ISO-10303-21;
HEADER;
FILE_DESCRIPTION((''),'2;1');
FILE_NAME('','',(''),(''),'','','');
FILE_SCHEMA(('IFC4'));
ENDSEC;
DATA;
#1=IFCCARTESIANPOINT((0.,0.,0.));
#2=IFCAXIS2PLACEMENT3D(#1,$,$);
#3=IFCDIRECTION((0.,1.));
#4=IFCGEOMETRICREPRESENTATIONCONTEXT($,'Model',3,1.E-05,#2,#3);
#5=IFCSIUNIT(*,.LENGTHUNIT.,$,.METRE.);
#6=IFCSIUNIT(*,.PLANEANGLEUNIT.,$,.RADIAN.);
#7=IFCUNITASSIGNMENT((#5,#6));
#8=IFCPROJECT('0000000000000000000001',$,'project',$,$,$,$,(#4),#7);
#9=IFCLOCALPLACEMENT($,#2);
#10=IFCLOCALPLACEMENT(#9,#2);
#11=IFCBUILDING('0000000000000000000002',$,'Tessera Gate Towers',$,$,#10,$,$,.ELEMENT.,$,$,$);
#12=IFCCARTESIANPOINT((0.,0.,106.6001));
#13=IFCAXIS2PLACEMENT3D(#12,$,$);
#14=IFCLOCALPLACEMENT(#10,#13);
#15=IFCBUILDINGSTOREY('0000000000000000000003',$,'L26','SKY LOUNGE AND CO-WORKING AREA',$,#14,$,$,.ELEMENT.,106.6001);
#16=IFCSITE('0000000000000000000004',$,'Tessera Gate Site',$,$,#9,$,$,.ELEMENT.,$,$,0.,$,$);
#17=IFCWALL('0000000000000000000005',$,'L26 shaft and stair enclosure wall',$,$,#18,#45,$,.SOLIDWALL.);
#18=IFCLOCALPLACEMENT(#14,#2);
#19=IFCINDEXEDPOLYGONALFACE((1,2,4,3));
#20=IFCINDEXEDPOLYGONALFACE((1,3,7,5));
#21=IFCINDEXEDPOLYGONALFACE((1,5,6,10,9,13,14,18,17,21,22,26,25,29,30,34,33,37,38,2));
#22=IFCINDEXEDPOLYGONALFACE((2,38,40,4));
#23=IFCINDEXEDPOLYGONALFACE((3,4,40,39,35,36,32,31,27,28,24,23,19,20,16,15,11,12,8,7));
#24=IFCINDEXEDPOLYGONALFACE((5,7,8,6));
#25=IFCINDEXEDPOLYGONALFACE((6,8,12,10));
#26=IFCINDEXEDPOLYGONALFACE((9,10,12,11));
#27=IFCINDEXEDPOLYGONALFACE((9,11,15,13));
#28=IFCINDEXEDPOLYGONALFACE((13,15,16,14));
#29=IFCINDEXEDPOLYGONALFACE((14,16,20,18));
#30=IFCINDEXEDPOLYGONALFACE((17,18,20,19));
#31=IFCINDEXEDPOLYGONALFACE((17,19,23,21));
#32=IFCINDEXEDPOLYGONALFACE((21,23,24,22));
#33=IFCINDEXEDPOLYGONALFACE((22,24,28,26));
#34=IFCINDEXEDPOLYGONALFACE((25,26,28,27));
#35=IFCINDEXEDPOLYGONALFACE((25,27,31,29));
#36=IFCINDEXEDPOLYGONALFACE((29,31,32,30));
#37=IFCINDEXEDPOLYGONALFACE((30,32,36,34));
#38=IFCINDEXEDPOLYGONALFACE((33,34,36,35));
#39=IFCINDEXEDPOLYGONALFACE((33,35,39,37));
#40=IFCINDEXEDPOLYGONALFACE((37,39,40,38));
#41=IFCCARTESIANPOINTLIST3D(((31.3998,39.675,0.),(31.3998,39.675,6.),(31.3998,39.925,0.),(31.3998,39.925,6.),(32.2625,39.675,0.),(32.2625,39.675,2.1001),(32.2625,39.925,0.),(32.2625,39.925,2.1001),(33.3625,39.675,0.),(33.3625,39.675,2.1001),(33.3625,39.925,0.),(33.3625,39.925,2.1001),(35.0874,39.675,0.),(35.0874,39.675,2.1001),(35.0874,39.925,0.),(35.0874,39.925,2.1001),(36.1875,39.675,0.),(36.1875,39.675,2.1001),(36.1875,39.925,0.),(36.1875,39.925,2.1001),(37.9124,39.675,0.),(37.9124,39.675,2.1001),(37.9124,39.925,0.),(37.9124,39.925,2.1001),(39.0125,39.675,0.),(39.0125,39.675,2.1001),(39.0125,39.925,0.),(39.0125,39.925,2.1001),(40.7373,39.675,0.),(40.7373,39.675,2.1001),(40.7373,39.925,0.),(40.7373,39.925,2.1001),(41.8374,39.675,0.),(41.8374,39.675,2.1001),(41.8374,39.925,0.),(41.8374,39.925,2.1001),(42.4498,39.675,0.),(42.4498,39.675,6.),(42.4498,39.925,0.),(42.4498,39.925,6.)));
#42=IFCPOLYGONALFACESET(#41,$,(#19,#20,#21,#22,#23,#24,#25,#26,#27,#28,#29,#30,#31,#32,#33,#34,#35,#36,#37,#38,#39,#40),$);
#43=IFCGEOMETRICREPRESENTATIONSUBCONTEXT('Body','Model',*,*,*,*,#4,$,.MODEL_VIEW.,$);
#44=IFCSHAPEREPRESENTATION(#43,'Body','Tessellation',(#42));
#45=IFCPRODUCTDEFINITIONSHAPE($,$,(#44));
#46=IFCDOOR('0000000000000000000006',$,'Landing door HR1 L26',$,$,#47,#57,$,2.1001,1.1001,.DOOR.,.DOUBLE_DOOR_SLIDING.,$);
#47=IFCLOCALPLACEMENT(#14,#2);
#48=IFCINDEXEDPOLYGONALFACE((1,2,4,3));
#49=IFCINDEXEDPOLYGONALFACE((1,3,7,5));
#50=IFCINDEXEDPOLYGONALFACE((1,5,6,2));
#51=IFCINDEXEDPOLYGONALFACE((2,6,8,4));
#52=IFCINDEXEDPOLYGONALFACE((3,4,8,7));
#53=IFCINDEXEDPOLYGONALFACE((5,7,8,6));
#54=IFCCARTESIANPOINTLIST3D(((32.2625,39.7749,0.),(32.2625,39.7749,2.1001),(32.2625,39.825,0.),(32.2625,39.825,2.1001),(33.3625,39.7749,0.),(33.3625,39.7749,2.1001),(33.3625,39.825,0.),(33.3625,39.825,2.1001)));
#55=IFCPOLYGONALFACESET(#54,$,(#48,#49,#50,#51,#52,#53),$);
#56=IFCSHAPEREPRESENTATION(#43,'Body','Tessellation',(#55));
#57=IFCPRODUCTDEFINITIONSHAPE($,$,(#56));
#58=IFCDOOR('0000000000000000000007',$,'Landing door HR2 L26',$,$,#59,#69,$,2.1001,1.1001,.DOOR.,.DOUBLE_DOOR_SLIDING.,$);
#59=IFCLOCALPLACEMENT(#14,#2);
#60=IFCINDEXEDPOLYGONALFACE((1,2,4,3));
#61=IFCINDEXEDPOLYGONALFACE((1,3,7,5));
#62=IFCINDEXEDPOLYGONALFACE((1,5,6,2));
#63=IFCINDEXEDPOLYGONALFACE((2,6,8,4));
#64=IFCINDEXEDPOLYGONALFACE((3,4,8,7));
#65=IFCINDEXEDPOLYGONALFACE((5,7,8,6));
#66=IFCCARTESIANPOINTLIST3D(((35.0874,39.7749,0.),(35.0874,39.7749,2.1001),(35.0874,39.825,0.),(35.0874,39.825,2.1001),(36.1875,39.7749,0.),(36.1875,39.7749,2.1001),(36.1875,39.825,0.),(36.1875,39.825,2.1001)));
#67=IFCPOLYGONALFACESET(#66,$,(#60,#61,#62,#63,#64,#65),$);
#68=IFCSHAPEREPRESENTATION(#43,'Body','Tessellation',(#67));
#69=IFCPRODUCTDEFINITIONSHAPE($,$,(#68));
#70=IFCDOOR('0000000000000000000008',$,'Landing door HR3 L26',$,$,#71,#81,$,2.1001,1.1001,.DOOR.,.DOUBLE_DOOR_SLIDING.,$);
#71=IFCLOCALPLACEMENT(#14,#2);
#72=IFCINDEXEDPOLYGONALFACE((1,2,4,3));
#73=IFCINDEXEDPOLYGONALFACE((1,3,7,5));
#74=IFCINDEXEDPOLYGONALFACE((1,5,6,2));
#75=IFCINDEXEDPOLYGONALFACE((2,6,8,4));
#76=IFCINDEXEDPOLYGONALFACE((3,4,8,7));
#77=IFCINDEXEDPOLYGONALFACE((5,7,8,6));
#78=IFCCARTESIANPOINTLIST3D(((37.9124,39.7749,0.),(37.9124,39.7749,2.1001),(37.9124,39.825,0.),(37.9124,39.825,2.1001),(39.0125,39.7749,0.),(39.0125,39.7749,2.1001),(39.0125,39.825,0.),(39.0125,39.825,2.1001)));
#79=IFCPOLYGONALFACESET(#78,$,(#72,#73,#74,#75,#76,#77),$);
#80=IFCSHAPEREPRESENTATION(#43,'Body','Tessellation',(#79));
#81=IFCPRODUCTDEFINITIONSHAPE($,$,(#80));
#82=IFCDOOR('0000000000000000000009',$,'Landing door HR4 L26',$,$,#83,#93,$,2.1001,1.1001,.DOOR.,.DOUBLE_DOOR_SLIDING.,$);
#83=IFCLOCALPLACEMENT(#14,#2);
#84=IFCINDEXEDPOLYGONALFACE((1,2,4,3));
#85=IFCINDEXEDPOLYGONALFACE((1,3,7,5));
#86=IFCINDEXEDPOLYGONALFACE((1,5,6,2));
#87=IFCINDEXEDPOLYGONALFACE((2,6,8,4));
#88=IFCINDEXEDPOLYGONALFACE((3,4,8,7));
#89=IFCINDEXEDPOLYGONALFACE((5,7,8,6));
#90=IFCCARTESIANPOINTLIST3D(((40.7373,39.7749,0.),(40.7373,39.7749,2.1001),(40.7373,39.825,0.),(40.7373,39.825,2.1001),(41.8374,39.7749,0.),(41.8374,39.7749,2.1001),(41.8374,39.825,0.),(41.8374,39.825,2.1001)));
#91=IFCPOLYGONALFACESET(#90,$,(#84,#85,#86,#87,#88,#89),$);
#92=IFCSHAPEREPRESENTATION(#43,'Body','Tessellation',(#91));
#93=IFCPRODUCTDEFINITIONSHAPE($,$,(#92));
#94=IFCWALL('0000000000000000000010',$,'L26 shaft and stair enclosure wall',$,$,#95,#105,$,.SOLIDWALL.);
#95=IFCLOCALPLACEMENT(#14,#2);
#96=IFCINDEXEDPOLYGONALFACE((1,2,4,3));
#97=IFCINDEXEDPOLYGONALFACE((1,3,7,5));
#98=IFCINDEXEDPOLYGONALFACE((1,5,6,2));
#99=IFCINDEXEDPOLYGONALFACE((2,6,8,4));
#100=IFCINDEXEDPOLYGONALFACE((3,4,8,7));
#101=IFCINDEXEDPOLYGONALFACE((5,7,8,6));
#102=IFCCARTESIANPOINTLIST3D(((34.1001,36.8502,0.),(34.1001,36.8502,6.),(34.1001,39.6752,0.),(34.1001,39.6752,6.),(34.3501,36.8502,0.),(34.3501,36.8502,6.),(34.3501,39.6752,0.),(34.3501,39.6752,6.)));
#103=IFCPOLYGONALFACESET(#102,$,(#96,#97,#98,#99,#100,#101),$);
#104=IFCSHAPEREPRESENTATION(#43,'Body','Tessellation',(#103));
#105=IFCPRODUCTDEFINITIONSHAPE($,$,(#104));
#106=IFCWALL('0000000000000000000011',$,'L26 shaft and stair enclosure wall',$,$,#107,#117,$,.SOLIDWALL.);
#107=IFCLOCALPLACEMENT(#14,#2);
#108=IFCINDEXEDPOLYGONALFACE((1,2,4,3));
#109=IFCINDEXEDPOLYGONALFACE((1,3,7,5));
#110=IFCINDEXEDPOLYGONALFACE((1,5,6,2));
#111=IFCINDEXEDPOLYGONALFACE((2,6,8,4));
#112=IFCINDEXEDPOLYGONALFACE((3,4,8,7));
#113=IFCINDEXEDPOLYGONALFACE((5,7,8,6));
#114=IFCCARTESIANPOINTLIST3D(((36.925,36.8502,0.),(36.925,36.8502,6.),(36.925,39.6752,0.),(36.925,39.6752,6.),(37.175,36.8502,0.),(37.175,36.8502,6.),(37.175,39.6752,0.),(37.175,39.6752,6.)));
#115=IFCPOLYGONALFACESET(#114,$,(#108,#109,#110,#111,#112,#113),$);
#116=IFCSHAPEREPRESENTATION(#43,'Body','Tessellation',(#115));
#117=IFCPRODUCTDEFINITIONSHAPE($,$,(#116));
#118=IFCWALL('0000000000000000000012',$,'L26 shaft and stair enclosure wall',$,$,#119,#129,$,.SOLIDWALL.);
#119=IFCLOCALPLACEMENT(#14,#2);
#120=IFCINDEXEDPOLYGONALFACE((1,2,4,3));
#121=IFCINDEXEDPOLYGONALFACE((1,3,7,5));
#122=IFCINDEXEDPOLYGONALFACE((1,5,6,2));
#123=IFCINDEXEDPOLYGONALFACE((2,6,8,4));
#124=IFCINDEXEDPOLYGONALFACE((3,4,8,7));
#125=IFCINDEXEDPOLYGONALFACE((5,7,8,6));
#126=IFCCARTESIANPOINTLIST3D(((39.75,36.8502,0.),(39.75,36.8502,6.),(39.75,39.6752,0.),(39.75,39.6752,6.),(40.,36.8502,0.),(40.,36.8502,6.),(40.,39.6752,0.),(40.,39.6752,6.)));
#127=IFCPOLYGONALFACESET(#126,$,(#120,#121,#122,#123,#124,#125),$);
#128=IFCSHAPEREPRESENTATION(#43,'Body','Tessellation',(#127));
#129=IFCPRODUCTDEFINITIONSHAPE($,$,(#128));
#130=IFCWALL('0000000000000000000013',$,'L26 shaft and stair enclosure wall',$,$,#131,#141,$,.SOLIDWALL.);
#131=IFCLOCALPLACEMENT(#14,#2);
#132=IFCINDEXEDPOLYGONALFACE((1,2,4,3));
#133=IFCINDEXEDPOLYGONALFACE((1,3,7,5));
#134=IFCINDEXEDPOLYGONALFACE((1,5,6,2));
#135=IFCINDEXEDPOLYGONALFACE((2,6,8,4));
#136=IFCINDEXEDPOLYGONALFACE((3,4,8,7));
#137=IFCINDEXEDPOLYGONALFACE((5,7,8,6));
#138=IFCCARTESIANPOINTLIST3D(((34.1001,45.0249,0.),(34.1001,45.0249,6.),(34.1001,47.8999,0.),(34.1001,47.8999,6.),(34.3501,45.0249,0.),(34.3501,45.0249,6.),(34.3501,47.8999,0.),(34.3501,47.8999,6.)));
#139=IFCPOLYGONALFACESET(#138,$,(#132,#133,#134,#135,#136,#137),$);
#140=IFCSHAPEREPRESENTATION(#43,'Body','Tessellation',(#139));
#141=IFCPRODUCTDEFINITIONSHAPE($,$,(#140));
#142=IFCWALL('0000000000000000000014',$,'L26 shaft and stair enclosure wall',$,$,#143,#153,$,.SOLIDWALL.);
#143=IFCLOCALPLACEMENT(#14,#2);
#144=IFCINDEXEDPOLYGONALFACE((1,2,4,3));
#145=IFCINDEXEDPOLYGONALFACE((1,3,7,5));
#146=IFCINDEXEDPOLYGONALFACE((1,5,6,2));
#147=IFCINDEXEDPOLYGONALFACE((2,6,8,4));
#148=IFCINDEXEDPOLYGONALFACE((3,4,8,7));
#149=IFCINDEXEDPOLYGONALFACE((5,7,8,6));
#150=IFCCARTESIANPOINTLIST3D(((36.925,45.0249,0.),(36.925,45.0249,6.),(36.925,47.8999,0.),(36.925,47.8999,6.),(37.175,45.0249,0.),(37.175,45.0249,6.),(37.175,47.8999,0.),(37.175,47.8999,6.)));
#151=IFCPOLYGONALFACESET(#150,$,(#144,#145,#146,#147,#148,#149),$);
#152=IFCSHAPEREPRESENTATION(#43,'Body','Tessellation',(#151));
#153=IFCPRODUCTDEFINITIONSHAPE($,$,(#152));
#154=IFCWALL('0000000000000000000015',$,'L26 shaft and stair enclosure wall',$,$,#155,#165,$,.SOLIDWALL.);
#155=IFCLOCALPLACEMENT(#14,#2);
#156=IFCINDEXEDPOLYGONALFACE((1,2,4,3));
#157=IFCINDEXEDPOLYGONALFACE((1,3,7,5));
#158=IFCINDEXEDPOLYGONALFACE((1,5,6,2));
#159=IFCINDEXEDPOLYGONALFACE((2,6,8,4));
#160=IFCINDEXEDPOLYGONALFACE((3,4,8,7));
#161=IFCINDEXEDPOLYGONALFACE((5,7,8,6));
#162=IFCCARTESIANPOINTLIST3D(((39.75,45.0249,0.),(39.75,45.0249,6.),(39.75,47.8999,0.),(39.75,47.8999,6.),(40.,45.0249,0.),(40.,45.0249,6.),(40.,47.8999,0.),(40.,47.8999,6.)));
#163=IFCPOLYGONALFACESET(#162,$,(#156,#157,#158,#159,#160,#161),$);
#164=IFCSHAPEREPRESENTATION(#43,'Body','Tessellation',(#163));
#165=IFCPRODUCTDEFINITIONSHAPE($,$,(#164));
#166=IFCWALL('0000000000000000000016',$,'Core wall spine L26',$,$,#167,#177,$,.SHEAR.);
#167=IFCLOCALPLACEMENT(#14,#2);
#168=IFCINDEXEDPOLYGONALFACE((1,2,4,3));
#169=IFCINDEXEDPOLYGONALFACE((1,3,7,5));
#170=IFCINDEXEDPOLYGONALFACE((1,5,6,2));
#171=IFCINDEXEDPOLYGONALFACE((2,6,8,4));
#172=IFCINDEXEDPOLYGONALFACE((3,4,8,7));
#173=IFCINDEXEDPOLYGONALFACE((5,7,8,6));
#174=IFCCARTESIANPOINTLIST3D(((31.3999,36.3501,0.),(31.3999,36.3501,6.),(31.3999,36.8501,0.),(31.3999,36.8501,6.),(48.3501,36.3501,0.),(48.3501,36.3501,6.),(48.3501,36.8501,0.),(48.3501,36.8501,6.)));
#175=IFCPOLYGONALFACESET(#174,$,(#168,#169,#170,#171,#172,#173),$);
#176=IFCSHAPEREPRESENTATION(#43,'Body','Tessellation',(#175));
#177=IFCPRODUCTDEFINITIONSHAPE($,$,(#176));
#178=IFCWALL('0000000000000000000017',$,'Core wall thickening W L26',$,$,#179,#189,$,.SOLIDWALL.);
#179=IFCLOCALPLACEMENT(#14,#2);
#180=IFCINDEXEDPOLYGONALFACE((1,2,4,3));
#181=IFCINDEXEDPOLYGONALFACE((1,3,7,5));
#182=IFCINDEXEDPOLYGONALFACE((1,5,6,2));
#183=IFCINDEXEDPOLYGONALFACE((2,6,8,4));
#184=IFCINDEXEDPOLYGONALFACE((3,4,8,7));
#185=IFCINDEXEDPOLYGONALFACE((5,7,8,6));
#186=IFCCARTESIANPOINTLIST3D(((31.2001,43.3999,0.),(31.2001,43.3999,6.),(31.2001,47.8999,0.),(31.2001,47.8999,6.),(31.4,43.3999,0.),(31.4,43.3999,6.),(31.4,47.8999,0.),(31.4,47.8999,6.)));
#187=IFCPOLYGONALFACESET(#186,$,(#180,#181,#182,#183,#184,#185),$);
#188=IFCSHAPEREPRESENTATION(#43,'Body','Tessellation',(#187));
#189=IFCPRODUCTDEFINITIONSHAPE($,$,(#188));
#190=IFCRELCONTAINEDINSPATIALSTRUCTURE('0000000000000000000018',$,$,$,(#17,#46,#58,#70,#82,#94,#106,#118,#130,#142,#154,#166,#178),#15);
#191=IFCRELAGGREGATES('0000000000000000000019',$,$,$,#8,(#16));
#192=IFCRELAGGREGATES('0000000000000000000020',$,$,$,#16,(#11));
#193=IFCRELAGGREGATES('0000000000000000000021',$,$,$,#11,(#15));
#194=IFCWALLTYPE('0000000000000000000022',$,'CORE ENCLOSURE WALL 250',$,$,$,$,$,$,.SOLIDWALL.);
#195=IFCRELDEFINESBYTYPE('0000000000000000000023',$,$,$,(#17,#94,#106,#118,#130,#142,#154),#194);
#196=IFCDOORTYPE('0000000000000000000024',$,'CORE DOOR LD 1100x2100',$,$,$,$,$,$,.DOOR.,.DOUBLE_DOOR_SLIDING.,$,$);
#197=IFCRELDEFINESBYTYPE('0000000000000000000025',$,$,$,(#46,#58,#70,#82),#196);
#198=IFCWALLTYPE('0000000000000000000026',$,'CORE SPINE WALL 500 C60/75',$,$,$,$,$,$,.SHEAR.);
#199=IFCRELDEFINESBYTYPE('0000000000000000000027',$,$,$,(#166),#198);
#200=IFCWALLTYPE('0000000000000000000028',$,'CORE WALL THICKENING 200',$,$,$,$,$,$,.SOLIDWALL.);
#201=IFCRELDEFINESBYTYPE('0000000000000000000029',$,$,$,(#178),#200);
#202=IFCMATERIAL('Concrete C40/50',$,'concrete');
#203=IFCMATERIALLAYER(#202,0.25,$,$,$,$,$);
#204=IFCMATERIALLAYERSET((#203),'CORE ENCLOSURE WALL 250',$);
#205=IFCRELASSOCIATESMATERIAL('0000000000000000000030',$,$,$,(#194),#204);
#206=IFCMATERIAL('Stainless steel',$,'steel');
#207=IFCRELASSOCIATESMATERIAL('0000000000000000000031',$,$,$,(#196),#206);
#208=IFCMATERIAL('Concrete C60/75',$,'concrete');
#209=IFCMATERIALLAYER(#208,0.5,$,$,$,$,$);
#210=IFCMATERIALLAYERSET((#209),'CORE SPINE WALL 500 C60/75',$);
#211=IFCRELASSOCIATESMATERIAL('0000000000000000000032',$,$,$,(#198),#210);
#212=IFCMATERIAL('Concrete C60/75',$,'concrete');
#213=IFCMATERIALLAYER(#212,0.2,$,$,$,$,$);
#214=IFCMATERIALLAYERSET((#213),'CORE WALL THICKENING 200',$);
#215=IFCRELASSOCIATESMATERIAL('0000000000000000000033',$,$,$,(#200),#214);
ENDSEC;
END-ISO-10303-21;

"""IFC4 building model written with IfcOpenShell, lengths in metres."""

from ifc_helpers import new_model, si_unit, direction, frame, frame_2d, origin, place, context, subcontext, project, spatial, rectangle, extrude, source, transform, mapped, material, layer, layer_set, type_object, element, fill, save


model = new_model("IFC4")

# Units and contexts
model_context = context("Model", 3, precision=1e-05, world=origin(), true_north=direction((0.0, 1.0)))
body_context = subcontext(model_context, "Body", "Model", "MODEL_VIEW")
ifc_project = project(units=[si_unit("LENGTHUNIT", "METRE"), si_unit("PLANEANGLEUNIT", "RADIAN")], contexts=[model_context])

# Site, building, storey
site_placement = place(None, origin())
site = spatial("IfcSite", under=ifc_project, at=site_placement, Name="Tessera Gate Site", CompositionType="ELEMENT", RefElevation=0.0)
building_placement = place(site_placement, origin())
building = spatial("IfcBuilding", under=site, at=building_placement, Name="Tessera Gate Towers", CompositionType="ELEMENT")
storey_placement = place(building_placement, frame((0.0, 0.0, 106.6001)))
storey = spatial("IfcBuildingStorey", under=building, at=storey_placement, Name="L26", Description="SKY LOUNGE AND CO-WORKING AREA", CompositionType="ELEMENT", Elevation=106.6001)

# Wall, openings, doors
ifc_material_1 = material(Name="Concrete C40/50", Category="concrete")
ifc_layer_1 = layer(ifc_material_1, 0.25)
ifc_layer_set_1 = layer_set([ifc_layer_1], Name="CORE ENCLOSURE WALL 250")
wall_type_1 = type_object("IfcWallType", Name="CORE ENCLOSURE WALL 250", PredefinedType="SOLIDWALL", material=ifc_layer_set_1)
wall_1_placement = place(storey_placement, frame((31.3999, 39.8, 0.0), z_axis=(0.0, 0.0, 1.0), x_axis=(1.0, 0.0, 0.0)))
wall_1 = element("IfcWall", 1, at=wall_1_placement, inside=storey, type_object=wall_type_1, Name="L26 shaft and stair enclosure wall", PredefinedType="SOLIDWALL", context=body_context, shape_type="SweptSolid", body=[
    extrude(rectangle(XDim=11.05, YDim=0.25, at=frame_2d((5.5249, 0.0))), origin(), (0.0, 0.0, 1.0), 6.0),
])
shared_shape_1 = source(origin(), body_context, "Body", "SweptSolid", [
    extrude(rectangle(XDim=1.1001, YDim=2.1001, at=frame_2d((0.55, 1.05))), frame((0.0, 0.135, 0.0), z_axis=(0.0, -1.0, 0.0), x_axis=(1.0, 0.0, 0.0)), (0.0, 0.0, 1.0), 0.27),
])
opening_1_placement = place(wall_1_placement, frame((0.8625, 0.0, 0.0)))
opening_1 = element("IfcOpeningElement", 2, at=opening_1_placement, cuts=wall_1, PredefinedType="OPENING", context=body_context, shape_type="MappedRepresentation", body=[
    mapped(shared_shape_1, transform((0.0, 0.0, 0.0), scale=1.0)),
])
opening_2_placement = place(wall_1_placement, frame((3.6875, 0.0, 0.0)))
opening_2 = element("IfcOpeningElement", 3, at=opening_2_placement, cuts=wall_1, PredefinedType="OPENING", context=body_context, shape_type="MappedRepresentation", body=[
    mapped(shared_shape_1, transform((0.0, 0.0, 0.0), scale=1.0)),
])
opening_3_placement = place(wall_1_placement, frame((6.5125, 0.0, 0.0)))
opening_3 = element("IfcOpeningElement", 4, at=opening_3_placement, cuts=wall_1, PredefinedType="OPENING", context=body_context, shape_type="MappedRepresentation", body=[
    mapped(shared_shape_1, transform((0.0, 0.0, 0.0), scale=1.0)),
])
opening_4_placement = place(wall_1_placement, frame((9.3374, 0.0, 0.0)))
opening_4 = element("IfcOpeningElement", 5, at=opening_4_placement, cuts=wall_1, PredefinedType="OPENING", context=body_context, shape_type="MappedRepresentation", body=[
    mapped(shared_shape_1, transform((0.0, 0.0, 0.0), scale=1.0)),
])
ifc_material_2 = material(Name="Stainless steel", Category="steel")
door_type = type_object("IfcDoorType", Name="CORE DOOR LD 1100x2100", OperationType="DOUBLE_DOOR_SLIDING", PredefinedType="DOOR", material=ifc_material_2)
shared_shape_2 = source(origin(), body_context, "Body", "SweptSolid", [
    extrude(rectangle(XDim=1.1001, YDim=2.1001, at=frame_2d((0.55, 1.05))), frame((0.0, 0.0249, 0.0), z_axis=(0.0, -1.0, 0.0), x_axis=(1.0, 0.0, 0.0)), (0.0, 0.0, 1.0), 0.05),
])
door_1_placement = place(opening_1_placement, origin())
door_1 = element("IfcDoor", 6, at=door_1_placement, inside=storey, type_object=door_type, Name="Landing door HR1 L26", OperationType="DOUBLE_DOOR_SLIDING", OverallHeight=2.1001, OverallWidth=1.1001, PredefinedType="DOOR", context=body_context, shape_type="MappedRepresentation", body=[
    mapped(shared_shape_2, transform((0.0, 0.0, 0.0), scale=1.0)),
])
fill(opening_1, door_1)
door_2_placement = place(opening_2_placement, origin())
door_2 = element("IfcDoor", 7, at=door_2_placement, inside=storey, type_object=door_type, Name="Landing door HR2 L26", OperationType="DOUBLE_DOOR_SLIDING", OverallHeight=2.1001, OverallWidth=1.1001, PredefinedType="DOOR", context=body_context, shape_type="MappedRepresentation", body=[
    mapped(shared_shape_2, transform((0.0, 0.0, 0.0), scale=1.0)),
])
fill(opening_2, door_2)
door_3_placement = place(opening_3_placement, origin())
door_3 = element("IfcDoor", 8, at=door_3_placement, inside=storey, type_object=door_type, Name="Landing door HR3 L26", OperationType="DOUBLE_DOOR_SLIDING", OverallHeight=2.1001, OverallWidth=1.1001, PredefinedType="DOOR", context=body_context, shape_type="MappedRepresentation", body=[
    mapped(shared_shape_2, transform((0.0, 0.0, 0.0), scale=1.0)),
])
fill(opening_3, door_3)
door_4_placement = place(opening_4_placement, origin())
door_4 = element("IfcDoor", 9, at=door_4_placement, inside=storey, type_object=door_type, Name="Landing door HR4 L26", OperationType="DOUBLE_DOOR_SLIDING", OverallHeight=2.1001, OverallWidth=1.1001, PredefinedType="DOOR", context=body_context, shape_type="MappedRepresentation", body=[
    mapped(shared_shape_2, transform((0.0, 0.0, 0.0), scale=1.0)),
])
fill(opening_4, door_4)

# Walls
for number, where, z_axis, x_axis, name in (
    (10, (34.2251, 36.8501, 0.0), (0.0, 0.0, 1.0), (0.0, 1.0, 0.0), "L26 shaft and stair enclosure wall"),
    (11, (37.05, 36.8501, 0.0), (0.0, 0.0, 1.0), (0.0, 1.0, 0.0), "L26 shaft and stair enclosure wall"),
    (12, (39.875, 36.8501, 0.0), (0.0, 0.0, 1.0), (0.0, 1.0, 0.0), "L26 shaft and stair enclosure wall"),
):
    element("IfcWall", number, at=place(storey_placement, frame(where, z_axis=z_axis, x_axis=x_axis)), inside=storey, type_object=wall_type_1, Name=name, PredefinedType="SOLIDWALL", context=body_context, shape_type="SweptSolid", body=[
        extrude(rectangle(XDim=2.825, YDim=0.25, at=frame_2d((1.4126, 0.0))), origin(), (0.0, 0.0, 1.0), 6.0),
    ])
for number, where, z_axis, x_axis, name in (
    (13, (34.2251, 45.0249, 0.0), (0.0, 0.0, 1.0), (0.0, 1.0, 0.0), "L26 shaft and stair enclosure wall"),
    (14, (37.05, 45.0249, 0.0), (0.0, 0.0, 1.0), (0.0, 1.0, 0.0), "L26 shaft and stair enclosure wall"),
    (15, (39.875, 45.0249, 0.0), (0.0, 0.0, 1.0), (0.0, 1.0, 0.0), "L26 shaft and stair enclosure wall"),
):
    element("IfcWall", number, at=place(storey_placement, frame(where, z_axis=z_axis, x_axis=x_axis)), inside=storey, type_object=wall_type_1, Name=name, PredefinedType="SOLIDWALL", context=body_context, shape_type="SweptSolid", body=[
        extrude(rectangle(XDim=2.875, YDim=0.25, at=frame_2d((1.4375, 0.0))), origin(), (0.0, 0.0, 1.0), 6.0),
    ])
ifc_material_3 = material(Name="Concrete C60/75", Category="concrete")
ifc_layer_2 = layer(ifc_material_3, 0.5)
ifc_layer_set_2 = layer_set([ifc_layer_2], Name="CORE SPINE WALL 500 C60/75")
wall_type_2 = type_object("IfcWallType", Name="CORE SPINE WALL 500 C60/75", PredefinedType="SHEAR", material=ifc_layer_set_2)
wall_2_placement = place(storey_placement, frame((31.3999, 36.6001, 0.0), z_axis=(0.0, 0.0, 1.0), x_axis=(1.0, 0.0, 0.0)))
element("IfcWall", 16, at=wall_2_placement, inside=storey, type_object=wall_type_2, Name="Core wall spine L26", PredefinedType="SHEAR", context=body_context, shape_type="SweptSolid", body=[
    extrude(rectangle(XDim=16.9502, YDim=0.5, at=frame_2d((8.4751, 0.0))), origin(), (0.0, 0.0, 1.0), 6.0),
])
ifc_material_4 = material(Name="Concrete C60/75", Category="concrete")
ifc_layer_3 = layer(ifc_material_4, 0.2)
ifc_layer_set_3 = layer_set([ifc_layer_3], Name="CORE WALL THICKENING 200")
wall_type_3 = type_object("IfcWallType", Name="CORE WALL THICKENING 200", PredefinedType="SOLIDWALL", material=ifc_layer_set_3)
wall_3_placement = place(storey_placement, frame((31.3, 43.3999, 0.0), z_axis=(0.0, 0.0, 1.0), x_axis=(0.0, 1.0, 0.0)))
element("IfcWall", 17, at=wall_3_placement, inside=storey, type_object=wall_type_3, Name="Core wall thickening W L26", PredefinedType="SOLIDWALL", context=body_context, shape_type="SweptSolid", body=[
    extrude(rectangle(XDim=4.5, YDim=0.2, at=frame_2d((2.25, 0.0))), origin(), (0.0, 0.0, 1.0), 6.0),
])

save(model, "model.ifc")
